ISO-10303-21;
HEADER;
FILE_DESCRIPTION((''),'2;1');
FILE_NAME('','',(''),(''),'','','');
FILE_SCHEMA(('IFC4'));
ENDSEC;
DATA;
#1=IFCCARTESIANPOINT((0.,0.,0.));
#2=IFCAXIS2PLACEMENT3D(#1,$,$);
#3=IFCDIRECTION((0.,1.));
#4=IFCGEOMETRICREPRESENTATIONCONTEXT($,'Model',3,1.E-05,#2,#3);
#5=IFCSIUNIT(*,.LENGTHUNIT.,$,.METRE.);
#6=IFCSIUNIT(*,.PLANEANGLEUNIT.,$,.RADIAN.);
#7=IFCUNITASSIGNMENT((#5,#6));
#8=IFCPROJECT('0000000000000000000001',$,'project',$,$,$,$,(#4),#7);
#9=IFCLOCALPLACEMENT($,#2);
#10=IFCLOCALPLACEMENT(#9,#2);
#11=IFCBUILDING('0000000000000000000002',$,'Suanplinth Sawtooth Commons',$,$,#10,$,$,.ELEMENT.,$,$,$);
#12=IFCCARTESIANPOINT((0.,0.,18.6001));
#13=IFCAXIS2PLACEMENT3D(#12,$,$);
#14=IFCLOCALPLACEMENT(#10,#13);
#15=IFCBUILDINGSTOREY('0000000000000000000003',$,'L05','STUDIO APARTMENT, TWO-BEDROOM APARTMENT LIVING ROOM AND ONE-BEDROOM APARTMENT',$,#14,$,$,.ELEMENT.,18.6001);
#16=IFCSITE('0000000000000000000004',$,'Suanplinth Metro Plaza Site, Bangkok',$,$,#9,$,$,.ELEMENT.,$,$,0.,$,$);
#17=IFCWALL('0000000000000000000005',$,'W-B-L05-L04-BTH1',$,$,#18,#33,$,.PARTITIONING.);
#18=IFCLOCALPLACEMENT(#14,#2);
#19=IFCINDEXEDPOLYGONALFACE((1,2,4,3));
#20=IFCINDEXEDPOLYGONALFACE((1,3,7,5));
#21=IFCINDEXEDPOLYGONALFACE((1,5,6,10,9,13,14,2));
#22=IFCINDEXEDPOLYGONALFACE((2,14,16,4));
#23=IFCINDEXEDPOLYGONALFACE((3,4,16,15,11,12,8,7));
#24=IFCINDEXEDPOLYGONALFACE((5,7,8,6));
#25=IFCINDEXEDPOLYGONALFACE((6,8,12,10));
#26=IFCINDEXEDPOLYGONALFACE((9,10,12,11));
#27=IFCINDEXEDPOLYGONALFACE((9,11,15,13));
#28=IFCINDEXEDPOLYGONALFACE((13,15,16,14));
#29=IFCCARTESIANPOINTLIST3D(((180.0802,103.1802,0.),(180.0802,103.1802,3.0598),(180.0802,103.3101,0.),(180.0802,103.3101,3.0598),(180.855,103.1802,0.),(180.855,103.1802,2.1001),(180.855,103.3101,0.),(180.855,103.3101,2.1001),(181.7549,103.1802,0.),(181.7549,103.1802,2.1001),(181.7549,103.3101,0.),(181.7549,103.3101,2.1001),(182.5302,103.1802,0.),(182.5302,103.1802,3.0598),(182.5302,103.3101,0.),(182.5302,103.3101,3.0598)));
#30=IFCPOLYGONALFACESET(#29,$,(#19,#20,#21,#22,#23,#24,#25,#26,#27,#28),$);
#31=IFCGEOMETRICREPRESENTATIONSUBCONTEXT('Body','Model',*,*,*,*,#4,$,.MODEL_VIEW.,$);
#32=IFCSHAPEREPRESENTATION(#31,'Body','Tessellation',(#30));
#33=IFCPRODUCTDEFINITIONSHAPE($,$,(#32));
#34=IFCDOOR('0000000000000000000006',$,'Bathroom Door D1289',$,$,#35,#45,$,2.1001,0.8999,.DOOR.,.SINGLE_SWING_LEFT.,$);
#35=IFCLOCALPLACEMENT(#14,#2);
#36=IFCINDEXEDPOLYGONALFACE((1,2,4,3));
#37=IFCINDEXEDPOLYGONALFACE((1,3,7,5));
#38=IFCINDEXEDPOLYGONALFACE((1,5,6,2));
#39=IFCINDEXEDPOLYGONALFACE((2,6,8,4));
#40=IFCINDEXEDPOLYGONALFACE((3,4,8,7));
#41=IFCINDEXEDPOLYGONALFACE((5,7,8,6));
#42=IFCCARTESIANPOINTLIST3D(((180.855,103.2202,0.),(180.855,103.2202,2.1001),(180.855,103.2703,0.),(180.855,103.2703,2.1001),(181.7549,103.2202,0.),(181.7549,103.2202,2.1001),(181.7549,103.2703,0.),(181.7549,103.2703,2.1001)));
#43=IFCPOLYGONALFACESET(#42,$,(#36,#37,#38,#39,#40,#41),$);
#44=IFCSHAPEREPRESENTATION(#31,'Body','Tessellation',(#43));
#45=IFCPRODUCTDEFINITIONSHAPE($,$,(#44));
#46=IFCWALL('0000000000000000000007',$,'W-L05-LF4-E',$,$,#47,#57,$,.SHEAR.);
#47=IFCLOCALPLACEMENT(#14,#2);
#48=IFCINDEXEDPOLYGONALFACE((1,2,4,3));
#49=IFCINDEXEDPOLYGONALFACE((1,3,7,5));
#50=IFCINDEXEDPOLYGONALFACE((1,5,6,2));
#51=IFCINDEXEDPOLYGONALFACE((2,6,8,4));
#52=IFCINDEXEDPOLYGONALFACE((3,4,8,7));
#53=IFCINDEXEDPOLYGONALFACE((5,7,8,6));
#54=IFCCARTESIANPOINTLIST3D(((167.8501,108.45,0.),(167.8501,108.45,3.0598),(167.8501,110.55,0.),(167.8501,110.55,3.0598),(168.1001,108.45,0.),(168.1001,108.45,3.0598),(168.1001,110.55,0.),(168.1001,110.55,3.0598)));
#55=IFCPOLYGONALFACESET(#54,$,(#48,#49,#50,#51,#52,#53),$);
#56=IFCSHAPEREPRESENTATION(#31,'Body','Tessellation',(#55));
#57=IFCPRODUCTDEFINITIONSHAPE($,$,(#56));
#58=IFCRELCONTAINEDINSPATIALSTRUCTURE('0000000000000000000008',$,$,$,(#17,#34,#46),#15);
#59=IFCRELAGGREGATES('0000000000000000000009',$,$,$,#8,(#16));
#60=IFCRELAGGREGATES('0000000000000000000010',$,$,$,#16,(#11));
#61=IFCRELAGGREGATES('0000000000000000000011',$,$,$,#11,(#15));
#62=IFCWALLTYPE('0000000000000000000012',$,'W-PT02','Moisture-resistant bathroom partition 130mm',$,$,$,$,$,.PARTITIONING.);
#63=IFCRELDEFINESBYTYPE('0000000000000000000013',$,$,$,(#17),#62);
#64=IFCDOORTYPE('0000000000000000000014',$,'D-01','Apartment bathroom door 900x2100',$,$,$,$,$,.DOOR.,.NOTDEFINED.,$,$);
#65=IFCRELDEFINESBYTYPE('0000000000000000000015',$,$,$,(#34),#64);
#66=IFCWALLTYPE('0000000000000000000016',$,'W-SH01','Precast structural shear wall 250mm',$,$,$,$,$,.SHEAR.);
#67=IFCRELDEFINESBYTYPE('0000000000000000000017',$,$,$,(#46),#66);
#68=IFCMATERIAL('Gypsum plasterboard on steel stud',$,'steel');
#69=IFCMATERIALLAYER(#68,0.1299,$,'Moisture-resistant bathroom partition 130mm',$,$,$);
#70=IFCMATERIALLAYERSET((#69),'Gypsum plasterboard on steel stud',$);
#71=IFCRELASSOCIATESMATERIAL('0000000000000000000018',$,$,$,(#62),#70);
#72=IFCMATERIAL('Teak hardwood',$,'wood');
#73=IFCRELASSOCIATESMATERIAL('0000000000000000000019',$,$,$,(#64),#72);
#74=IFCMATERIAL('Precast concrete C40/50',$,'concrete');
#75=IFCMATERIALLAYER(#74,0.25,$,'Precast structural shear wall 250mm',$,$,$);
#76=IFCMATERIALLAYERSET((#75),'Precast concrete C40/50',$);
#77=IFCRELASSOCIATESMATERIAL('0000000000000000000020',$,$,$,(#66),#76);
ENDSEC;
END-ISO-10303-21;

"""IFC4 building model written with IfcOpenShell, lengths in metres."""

from ifc_helpers import new_model, si_unit, direction, frame, frame_2d, origin, place, context, subcontext, project, spatial, rectangle, extrude, material, layer, layer_set, type_object, element, fill, save


model = new_model("IFC4")

# Units and contexts
model_context = context("Model", 3, precision=1e-05, world=origin(), true_north=direction((0.0, 1.0)))
body_context = subcontext(model_context, "Body", "Model", "MODEL_VIEW")
ifc_project = project(units=[si_unit("LENGTHUNIT", "METRE"), si_unit("PLANEANGLEUNIT", "RADIAN")], contexts=[model_context])

# Site, building, storey
site_placement = place(None, origin())
site = spatial("IfcSite", under=ifc_project, at=site_placement, Name="Suanplinth Metro Plaza Site, Bangkok", CompositionType="ELEMENT", RefElevation=0.0)
building_placement = place(site_placement, origin())
building = spatial("IfcBuilding", under=site, at=building_placement, Name="Suanplinth Sawtooth Commons", CompositionType="ELEMENT")
storey_placement = place(building_placement, frame((0.0, 0.0, 18.6001)))
storey = spatial("IfcBuildingStorey", under=building, at=storey_placement, Name="L05", Description="STUDIO APARTMENT, TWO-BEDROOM APARTMENT LIVING ROOM AND ONE-BEDROOM APARTMENT", CompositionType="ELEMENT", Elevation=18.6001)

# Shared definitions
ifc_material_1 = material(Name="Precast concrete C40/50", Category="concrete")

# Shared definitions
ifc_material_2 = material(Name="Teak hardwood", Category="wood")

# Shared definitions
ifc_material_3 = material(Name="Gypsum plasterboard on steel stud", Category="steel")
ifc_layer_1 = layer(ifc_material_3, 0.1299, Name="Moisture-resistant bathroom partition 130mm")
ifc_layer_set_1 = layer_set([ifc_layer_1], Name="Gypsum plasterboard on steel stud")
wall_type_1 = type_object("IfcWallType", Name="W-PT02", Description="Moisture-resistant bathroom partition 130mm", PredefinedType="PARTITIONING", material=ifc_layer_set_1)

# Wall, opening, door
wall_1_placement = place(storey_placement, frame((180.0801, 103.2451, 0.0), z_axis=(0.0, 0.0, 1.0), x_axis=(1.0, 0.0, 0.0)))
wall_1 = element("IfcWall", 1, at=wall_1_placement, inside=storey, type_object=wall_type_1, Name="W-B-L05-L04-BTH1", PredefinedType="PARTITIONING", context=body_context, shape_type="SweptSolid", body=[
    extrude(rectangle(XDim=2.45, YDim=0.1299, at=frame_2d((1.2251, 0.0))), origin(), (0.0, 0.0, 1.0), 3.0598),
])
opening_1_placement = place(wall_1_placement, frame((0.7749, 0.0, 0.0)))
opening_1 = element("IfcOpeningElement", 2, at=opening_1_placement, cuts=wall_1, PredefinedType="OPENING", context=body_context, shape_type="SweptSolid", body=[
    extrude(rectangle(XDim=0.8999, YDim=2.1001, at=frame_2d((0.45, 1.05))), frame((0.0, 0.0798, 0.0), z_axis=(0.0, -1.0, 0.0), x_axis=(1.0, 0.0, 0.0)), (0.0, 0.0, 1.0), 0.1597),
])
door_type_1 = type_object("IfcDoorType", Name="D-01", Description="Apartment bathroom door 900x2100", OperationType="NOTDEFINED", PredefinedType="DOOR", material=ifc_material_2)
door_1_placement = place(opening_1_placement, frame((0.8999, 0.0, 0.0), z_axis=(0.0, 0.0, 1.0), x_axis=(-1.0, 0.0, 0.0)))
door_1 = element("IfcDoor", 3, at=door_1_placement, inside=storey, type_object=door_type_1, Name="Bathroom Door D1289", OperationType="SINGLE_SWING_LEFT", OverallHeight=2.1001, OverallWidth=0.8999, PredefinedType="DOOR", context=body_context, shape_type="SweptSolid", body=[
    extrude(rectangle(XDim=0.8999, YDim=2.1001, at=frame_2d((0.45, 1.05))), frame((0.0, 0.0249, 0.0), z_axis=(0.0, -1.0, 0.0), x_axis=(1.0, 0.0, 0.0)), (0.0, 0.0, 1.0), 0.05),
])
fill(opening_1, door_1)

# Wall
ifc_layer_2 = layer(ifc_material_1, 0.25, Name="Precast structural shear wall 250mm")
ifc_layer_set_2 = layer_set([ifc_layer_2], Name="Precast concrete C40/50")
wall_type_2 = type_object("IfcWallType", Name="W-SH01", Description="Precast structural shear wall 250mm", PredefinedType="SHEAR", material=ifc_layer_set_2)
wall_2_placement = place(storey_placement, frame((167.9751, 108.45, 0.0), z_axis=(0.0, 0.0, 1.0), x_axis=(0.0, 1.0, 0.0)))
element("IfcWall", 4, at=wall_2_placement, inside=storey, type_object=wall_type_2, Name="W-L05-LF4-E", PredefinedType="SHEAR", context=body_context, shape_type="SweptSolid", body=[
    extrude(rectangle(XDim=2.1001, YDim=0.25, at=frame_2d((1.05, 0.0))), origin(), (0.0, 0.0, 1.0), 3.0598),
])

save(model, "model.ifc")
